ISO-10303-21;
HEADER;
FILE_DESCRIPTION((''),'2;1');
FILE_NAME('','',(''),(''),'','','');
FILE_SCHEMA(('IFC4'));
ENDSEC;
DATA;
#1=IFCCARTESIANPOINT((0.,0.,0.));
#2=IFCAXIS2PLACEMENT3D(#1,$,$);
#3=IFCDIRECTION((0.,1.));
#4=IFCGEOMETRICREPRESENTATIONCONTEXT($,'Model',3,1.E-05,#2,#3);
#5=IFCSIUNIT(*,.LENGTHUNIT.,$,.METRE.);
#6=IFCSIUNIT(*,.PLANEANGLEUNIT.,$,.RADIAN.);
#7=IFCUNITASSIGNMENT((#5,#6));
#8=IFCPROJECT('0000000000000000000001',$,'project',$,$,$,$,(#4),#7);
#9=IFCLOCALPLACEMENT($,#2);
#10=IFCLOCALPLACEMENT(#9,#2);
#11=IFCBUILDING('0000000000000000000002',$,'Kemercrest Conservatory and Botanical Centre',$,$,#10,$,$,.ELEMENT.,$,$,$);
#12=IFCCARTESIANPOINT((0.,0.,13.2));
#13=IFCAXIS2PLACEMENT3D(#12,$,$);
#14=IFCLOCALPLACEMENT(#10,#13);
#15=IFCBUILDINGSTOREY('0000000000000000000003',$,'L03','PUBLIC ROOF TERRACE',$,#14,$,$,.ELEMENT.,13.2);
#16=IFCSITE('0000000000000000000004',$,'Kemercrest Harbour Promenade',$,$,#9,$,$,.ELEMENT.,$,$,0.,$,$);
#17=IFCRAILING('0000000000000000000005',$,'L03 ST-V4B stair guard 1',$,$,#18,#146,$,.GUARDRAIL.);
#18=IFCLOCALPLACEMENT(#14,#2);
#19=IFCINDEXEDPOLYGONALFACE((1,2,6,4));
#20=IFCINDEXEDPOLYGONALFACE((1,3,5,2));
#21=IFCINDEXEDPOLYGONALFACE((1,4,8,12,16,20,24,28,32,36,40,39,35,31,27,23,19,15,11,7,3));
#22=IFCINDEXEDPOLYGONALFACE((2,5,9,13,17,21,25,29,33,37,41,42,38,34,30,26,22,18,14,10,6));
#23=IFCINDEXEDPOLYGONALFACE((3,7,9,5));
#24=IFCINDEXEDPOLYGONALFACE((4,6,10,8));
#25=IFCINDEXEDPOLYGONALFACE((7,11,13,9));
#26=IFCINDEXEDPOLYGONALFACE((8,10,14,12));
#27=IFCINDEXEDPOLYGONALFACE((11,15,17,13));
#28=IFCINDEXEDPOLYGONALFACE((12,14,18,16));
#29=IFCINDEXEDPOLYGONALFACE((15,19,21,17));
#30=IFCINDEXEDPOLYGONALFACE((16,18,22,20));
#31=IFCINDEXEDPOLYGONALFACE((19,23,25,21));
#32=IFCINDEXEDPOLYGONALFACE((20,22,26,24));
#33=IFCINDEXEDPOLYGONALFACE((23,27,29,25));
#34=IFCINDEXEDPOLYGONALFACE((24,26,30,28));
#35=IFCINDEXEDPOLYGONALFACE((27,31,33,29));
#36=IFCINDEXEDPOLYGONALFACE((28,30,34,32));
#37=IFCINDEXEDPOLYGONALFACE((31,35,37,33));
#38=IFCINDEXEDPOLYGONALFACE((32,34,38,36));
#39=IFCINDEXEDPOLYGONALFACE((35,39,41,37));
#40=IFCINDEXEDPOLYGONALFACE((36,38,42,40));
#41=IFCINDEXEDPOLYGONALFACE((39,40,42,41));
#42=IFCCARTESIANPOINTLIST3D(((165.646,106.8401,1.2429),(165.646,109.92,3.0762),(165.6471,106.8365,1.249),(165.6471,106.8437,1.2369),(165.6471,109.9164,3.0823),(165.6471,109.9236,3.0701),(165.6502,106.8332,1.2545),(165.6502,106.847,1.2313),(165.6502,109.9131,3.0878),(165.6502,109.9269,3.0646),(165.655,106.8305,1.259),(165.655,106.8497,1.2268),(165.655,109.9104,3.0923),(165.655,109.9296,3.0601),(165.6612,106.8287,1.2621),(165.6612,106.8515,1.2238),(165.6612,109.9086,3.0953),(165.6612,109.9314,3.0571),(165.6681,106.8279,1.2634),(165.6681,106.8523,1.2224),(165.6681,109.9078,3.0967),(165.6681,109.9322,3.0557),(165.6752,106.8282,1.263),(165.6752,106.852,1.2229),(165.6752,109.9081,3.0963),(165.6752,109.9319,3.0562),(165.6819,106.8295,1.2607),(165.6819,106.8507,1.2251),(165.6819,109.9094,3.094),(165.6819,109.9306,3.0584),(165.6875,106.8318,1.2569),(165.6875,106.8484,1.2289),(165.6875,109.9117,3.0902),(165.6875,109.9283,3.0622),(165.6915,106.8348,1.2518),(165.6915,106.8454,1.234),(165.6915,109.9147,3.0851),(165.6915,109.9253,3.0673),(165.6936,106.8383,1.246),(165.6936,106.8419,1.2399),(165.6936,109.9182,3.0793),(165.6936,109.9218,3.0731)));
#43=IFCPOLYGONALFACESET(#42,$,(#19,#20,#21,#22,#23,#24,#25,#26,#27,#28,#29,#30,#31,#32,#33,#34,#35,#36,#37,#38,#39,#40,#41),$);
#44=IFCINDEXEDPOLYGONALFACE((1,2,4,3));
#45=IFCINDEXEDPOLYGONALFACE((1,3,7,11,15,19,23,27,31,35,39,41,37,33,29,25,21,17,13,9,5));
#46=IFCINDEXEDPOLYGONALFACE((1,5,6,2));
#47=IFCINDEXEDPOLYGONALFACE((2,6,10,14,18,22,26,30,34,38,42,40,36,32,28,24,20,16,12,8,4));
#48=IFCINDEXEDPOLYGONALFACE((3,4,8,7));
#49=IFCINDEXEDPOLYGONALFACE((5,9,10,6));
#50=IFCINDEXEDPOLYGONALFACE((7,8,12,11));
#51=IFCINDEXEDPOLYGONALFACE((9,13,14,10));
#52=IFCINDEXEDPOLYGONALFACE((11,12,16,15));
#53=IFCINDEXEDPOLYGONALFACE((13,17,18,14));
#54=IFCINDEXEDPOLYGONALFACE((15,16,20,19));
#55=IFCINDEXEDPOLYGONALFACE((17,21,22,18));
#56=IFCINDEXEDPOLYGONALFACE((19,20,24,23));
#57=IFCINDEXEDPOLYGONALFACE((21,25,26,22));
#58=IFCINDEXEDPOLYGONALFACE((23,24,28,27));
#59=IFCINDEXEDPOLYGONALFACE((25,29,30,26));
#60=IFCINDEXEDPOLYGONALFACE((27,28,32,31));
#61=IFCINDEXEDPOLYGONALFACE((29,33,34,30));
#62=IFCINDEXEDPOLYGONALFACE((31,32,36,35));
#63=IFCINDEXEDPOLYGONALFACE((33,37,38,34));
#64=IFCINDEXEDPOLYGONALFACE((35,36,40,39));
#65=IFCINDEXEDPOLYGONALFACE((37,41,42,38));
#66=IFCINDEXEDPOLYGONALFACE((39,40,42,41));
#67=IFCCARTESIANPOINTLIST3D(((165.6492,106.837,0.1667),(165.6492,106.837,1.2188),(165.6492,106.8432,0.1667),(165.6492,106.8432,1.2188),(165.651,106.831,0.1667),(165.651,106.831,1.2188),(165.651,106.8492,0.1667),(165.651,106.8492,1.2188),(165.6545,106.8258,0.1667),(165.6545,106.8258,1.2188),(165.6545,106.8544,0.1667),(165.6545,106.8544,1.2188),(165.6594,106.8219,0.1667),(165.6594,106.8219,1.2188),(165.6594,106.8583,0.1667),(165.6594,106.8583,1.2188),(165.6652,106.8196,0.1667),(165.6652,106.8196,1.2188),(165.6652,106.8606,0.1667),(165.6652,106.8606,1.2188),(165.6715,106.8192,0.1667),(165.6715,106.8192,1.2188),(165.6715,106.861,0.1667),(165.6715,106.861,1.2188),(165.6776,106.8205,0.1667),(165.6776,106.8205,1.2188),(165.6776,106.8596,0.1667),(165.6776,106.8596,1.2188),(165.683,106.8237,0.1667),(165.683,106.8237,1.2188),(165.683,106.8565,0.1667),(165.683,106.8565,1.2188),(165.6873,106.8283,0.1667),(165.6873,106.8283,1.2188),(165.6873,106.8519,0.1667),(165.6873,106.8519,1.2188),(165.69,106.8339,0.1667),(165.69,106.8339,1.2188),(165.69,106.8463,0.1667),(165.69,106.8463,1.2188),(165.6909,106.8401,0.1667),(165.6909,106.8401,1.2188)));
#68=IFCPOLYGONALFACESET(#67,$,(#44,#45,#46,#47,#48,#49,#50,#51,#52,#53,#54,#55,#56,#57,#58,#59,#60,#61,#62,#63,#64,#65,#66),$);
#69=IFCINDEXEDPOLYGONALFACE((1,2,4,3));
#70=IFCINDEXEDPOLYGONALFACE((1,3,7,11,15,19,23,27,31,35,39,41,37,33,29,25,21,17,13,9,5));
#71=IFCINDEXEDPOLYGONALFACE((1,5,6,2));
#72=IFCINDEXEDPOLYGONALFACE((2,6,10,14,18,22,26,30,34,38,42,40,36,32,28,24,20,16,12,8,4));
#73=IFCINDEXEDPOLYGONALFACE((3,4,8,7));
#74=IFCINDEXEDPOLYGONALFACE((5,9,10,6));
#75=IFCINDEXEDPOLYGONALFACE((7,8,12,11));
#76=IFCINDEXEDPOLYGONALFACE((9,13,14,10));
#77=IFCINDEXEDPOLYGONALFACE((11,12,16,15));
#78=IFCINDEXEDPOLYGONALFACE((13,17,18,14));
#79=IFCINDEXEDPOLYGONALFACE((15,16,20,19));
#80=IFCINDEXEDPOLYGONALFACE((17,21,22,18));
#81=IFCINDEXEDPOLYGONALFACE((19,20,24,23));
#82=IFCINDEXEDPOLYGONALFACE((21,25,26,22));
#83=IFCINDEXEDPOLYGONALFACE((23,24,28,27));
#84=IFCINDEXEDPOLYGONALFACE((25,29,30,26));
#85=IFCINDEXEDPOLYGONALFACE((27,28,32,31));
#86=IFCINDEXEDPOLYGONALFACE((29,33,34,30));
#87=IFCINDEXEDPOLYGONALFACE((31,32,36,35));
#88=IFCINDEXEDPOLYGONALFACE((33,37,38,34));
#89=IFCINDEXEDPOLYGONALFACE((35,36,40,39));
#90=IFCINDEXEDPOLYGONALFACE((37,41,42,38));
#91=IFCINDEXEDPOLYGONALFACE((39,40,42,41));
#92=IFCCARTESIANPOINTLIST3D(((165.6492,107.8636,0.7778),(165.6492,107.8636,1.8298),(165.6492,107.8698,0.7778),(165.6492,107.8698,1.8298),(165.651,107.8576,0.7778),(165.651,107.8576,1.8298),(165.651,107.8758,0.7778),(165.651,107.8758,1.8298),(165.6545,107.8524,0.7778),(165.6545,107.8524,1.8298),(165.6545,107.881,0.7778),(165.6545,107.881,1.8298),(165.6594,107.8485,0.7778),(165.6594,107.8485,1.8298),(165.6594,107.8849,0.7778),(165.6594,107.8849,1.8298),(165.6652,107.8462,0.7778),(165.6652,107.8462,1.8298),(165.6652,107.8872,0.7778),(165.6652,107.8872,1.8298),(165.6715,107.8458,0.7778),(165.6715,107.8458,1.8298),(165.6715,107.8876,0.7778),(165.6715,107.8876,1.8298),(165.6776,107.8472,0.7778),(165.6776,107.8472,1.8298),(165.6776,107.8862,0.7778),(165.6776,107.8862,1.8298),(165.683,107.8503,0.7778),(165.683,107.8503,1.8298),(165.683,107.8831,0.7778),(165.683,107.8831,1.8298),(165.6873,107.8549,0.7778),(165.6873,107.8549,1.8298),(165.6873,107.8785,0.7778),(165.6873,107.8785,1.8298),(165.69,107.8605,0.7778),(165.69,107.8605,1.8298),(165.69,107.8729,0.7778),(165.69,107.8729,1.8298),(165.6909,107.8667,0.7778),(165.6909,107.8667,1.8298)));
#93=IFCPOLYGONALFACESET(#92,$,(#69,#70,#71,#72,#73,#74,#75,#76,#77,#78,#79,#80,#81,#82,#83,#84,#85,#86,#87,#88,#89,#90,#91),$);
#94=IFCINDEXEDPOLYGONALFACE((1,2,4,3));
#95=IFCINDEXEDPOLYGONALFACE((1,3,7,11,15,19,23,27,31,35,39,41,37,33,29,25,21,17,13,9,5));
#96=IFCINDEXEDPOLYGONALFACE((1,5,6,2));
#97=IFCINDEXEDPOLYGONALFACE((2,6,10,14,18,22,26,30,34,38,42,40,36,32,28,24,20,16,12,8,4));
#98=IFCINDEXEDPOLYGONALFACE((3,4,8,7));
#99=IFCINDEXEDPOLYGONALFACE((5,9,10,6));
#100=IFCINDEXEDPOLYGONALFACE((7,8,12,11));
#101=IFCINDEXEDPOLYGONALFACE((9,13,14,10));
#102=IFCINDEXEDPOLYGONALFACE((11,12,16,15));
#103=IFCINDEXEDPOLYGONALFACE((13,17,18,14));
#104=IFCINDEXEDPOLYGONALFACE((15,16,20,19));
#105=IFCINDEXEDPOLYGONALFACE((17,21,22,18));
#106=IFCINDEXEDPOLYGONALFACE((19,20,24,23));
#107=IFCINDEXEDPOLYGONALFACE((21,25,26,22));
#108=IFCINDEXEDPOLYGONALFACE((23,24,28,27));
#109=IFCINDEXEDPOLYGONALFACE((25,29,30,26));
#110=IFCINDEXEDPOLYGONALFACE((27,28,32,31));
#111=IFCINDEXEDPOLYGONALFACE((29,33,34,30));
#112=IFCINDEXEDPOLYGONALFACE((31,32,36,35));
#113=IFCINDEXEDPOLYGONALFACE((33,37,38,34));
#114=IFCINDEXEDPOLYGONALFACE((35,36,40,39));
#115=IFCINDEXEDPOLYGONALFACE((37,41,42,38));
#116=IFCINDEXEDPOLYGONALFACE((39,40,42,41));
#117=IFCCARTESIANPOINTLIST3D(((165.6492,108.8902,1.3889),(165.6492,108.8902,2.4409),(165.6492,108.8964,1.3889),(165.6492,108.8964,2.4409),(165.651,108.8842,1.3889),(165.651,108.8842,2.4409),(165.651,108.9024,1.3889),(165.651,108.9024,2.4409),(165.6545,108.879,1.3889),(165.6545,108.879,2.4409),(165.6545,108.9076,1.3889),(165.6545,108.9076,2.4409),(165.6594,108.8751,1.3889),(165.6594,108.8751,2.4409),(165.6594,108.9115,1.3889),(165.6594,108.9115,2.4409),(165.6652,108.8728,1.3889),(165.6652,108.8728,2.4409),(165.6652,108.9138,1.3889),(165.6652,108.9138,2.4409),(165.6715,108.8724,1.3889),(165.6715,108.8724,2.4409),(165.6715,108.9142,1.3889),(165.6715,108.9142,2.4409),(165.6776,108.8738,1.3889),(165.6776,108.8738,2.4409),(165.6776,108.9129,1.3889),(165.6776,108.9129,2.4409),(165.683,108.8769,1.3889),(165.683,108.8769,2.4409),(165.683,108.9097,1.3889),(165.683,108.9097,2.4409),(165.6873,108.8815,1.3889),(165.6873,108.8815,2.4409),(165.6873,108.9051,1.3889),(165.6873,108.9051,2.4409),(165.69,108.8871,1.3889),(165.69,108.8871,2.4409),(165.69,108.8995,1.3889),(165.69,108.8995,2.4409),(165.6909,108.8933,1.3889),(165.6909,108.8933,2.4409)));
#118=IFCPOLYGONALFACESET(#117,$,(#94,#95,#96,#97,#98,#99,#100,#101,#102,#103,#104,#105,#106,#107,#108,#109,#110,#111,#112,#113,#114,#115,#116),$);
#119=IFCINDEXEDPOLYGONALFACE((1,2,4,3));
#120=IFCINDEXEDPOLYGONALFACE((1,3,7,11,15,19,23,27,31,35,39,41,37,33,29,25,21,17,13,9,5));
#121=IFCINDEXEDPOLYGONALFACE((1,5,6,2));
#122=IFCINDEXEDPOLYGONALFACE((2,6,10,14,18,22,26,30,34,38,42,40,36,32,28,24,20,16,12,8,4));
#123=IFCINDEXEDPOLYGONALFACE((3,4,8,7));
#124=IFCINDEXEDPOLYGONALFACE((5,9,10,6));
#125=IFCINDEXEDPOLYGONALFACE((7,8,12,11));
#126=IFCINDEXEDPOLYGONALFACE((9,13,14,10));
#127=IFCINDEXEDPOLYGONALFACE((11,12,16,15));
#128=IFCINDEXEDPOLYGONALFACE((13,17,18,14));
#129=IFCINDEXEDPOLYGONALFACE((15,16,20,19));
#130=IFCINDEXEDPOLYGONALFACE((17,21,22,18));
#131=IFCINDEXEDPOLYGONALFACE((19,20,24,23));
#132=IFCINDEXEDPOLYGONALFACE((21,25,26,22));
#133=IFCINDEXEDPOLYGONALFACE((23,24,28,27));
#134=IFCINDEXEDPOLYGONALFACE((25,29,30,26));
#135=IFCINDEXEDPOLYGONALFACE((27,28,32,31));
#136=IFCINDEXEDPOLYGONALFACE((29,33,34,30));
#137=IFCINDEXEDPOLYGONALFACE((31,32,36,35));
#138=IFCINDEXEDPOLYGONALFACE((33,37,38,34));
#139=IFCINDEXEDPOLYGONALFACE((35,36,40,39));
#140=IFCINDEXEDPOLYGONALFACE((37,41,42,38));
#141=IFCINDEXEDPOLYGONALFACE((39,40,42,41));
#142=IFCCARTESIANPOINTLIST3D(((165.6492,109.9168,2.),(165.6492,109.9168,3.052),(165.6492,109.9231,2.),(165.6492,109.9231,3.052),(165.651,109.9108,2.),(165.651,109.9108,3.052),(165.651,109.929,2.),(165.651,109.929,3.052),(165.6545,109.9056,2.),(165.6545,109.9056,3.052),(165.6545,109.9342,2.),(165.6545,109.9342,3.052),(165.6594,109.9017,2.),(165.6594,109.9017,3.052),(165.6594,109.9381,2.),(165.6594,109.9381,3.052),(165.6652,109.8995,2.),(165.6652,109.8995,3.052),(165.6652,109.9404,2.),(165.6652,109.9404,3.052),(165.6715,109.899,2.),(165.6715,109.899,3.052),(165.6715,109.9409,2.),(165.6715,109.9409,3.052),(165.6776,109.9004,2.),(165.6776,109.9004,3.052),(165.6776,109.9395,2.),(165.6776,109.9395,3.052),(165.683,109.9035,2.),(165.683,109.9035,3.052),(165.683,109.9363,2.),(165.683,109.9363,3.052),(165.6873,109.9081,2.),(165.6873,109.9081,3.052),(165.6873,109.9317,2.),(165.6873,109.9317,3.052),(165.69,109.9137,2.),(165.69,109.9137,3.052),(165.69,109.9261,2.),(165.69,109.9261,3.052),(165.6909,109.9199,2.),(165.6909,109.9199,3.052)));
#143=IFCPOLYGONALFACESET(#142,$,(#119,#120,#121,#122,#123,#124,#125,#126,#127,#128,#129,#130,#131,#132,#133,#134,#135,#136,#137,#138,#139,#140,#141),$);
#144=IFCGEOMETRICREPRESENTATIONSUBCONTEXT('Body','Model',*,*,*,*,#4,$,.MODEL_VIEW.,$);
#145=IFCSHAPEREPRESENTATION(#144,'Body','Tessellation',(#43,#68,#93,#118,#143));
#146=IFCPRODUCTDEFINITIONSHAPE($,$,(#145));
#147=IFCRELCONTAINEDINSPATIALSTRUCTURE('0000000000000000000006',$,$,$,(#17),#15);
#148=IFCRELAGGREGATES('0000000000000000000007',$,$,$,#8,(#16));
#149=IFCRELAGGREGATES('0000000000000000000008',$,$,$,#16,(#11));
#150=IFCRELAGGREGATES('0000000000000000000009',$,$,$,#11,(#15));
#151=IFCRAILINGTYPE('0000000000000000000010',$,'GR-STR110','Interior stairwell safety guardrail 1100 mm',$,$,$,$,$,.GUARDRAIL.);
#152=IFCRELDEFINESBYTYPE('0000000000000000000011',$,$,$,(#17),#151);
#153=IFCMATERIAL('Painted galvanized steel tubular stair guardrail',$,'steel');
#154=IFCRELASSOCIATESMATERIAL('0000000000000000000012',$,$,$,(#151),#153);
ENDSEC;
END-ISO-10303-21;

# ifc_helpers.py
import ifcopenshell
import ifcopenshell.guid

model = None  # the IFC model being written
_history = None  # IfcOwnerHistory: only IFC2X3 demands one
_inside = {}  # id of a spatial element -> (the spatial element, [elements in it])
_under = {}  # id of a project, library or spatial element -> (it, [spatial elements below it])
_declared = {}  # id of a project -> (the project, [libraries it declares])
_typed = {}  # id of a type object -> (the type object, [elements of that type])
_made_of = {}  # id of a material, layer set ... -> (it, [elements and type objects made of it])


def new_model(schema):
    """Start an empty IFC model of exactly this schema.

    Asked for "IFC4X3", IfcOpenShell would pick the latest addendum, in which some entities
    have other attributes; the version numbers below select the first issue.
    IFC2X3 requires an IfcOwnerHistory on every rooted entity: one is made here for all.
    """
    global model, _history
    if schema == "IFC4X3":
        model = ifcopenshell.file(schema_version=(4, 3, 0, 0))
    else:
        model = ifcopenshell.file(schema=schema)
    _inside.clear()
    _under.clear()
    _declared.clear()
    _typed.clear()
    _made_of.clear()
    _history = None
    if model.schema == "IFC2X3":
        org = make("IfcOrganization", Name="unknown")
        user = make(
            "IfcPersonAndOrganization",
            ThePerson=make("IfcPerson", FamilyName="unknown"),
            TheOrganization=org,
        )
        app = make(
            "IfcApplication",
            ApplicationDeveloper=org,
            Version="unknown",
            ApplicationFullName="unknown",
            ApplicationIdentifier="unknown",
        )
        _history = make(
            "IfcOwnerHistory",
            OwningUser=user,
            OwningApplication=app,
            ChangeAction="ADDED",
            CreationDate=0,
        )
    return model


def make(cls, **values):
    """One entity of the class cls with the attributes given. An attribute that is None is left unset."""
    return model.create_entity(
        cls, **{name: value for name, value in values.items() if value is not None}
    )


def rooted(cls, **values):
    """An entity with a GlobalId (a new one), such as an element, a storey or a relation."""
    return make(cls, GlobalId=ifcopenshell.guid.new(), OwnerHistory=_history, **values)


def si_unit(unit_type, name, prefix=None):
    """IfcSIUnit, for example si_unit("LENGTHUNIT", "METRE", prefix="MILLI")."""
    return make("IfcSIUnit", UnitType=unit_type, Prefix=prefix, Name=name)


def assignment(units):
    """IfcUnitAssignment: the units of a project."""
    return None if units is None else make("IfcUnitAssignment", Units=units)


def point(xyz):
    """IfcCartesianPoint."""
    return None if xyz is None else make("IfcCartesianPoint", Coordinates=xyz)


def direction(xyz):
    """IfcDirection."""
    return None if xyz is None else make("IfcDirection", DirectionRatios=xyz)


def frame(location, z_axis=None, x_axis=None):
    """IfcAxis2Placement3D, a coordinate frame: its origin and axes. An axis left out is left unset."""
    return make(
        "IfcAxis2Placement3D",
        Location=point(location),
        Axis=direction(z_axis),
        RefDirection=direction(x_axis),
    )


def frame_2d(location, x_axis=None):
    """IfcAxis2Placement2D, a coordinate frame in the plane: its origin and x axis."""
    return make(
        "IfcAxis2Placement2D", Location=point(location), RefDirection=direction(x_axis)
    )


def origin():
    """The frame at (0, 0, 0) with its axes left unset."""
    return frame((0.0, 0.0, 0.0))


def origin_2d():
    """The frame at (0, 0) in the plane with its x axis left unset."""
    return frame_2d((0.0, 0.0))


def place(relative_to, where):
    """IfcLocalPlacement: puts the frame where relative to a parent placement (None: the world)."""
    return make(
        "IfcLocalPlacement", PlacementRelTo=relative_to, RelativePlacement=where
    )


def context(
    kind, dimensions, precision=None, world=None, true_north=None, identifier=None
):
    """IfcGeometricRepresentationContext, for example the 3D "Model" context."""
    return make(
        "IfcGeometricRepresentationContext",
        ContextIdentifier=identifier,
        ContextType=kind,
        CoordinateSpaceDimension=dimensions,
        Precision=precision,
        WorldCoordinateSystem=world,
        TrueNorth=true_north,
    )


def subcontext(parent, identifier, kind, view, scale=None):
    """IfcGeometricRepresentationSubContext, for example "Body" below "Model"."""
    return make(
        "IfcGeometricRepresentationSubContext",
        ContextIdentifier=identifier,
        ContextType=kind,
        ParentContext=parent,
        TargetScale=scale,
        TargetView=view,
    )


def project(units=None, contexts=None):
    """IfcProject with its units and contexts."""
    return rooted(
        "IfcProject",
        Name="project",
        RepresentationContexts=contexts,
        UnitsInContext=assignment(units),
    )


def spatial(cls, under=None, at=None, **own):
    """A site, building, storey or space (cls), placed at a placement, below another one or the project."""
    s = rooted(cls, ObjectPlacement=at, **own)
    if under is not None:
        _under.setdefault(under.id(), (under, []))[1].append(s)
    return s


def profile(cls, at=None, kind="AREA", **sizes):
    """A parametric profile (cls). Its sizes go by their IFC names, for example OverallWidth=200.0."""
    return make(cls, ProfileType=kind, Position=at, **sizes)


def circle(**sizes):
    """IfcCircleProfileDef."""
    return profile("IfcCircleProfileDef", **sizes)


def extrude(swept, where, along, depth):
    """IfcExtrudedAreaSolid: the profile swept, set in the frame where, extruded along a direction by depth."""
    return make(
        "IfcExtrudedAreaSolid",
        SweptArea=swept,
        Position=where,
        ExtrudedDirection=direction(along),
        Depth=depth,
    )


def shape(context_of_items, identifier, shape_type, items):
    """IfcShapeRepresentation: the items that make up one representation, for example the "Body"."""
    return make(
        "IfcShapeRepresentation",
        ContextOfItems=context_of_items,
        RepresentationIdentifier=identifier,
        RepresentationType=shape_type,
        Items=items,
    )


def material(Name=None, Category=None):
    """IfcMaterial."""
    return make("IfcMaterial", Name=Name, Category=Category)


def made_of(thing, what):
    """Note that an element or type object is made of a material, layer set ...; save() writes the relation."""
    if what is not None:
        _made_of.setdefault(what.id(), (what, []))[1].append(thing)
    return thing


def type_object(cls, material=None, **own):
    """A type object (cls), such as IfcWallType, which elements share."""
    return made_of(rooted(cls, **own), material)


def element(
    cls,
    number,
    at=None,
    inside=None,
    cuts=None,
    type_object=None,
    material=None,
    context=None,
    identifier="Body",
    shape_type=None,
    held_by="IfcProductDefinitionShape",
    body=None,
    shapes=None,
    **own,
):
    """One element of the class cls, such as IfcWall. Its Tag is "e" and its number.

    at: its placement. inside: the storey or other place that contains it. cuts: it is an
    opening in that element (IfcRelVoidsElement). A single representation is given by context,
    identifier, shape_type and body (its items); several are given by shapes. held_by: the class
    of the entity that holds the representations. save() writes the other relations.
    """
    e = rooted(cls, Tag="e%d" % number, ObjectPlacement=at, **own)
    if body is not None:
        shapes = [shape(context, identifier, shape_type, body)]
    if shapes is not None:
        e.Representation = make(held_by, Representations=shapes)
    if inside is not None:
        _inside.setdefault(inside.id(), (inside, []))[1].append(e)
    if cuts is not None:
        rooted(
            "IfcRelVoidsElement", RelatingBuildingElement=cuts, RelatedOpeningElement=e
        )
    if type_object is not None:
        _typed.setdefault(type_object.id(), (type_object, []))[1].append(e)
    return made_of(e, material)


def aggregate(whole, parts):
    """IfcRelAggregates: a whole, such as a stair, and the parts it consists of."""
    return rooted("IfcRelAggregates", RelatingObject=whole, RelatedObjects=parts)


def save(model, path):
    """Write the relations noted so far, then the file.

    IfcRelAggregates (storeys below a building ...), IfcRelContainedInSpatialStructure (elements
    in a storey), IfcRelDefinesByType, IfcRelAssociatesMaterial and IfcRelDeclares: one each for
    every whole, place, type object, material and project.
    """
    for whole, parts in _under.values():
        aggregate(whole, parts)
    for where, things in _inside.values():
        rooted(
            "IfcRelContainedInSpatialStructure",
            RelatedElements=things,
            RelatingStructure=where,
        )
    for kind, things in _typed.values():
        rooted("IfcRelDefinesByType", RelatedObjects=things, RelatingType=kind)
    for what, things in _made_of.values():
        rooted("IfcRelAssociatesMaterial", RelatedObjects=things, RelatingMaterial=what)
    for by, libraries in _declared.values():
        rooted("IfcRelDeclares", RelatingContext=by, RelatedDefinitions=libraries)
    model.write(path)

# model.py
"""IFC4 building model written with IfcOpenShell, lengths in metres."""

from ifc_helpers import new_model, si_unit, direction, frame, origin, origin_2d, place, context, subcontext, project, spatial, circle, extrude, material, type_object, element, save


model = new_model("IFC4")

# Units and contexts
model_context = context("Model", 3, precision=1e-05, world=origin(), true_north=direction((0.0, 1.0)))
body_context = subcontext(model_context, "Body", "Model", "MODEL_VIEW")
ifc_project = project(units=[si_unit("LENGTHUNIT", "METRE"), si_unit("PLANEANGLEUNIT", "RADIAN")], contexts=[model_context])

# Site, building, storey
site_placement = place(None, origin())
site = spatial("IfcSite", under=ifc_project, at=site_placement, Name="Kemercrest Harbour Promenade", CompositionType="ELEMENT", RefElevation=0.0)
building_placement = place(site_placement, origin())
building = spatial("IfcBuilding", under=site, at=building_placement, Name="Kemercrest Conservatory and Botanical Centre", CompositionType="ELEMENT")
storey_placement = place(building_placement, frame((0.0, 0.0, 13.2)))
storey = spatial("IfcBuildingStorey", under=building, at=storey_placement, Name="L03", Description="PUBLIC ROOF TERRACE", CompositionType="ELEMENT", Elevation=13.2)

# Railing
ifc_material_1 = material(Name="Painted galvanized steel tubular stair guardrail", Category="steel")
railing_type_1 = type_object("IfcRailingType", Name="GR-STR110", Description="Interior stairwell safety guardrail 1100 mm", PredefinedType="GUARDRAIL", material=ifc_material_1)
railing_1_placement = place(storey_placement, frame((165.6699, 106.8401, 0.1667)))
element("IfcRailing", 1, at=railing_1_placement, inside=storey, type_object=railing_type_1, Name="L03 ST-V4B stair guard 1", PredefinedType="GUARDRAIL", context=body_context, shape_type="SweptSolid", body=[
    extrude(circle(Radius=0.0239, at=origin_2d()), frame((0.0, 0.0, 1.0762), z_axis=(0.0, 0.859291, 0.511487), x_axis=(-1.0, 0.0, 0.0)), (0.0, 0.0, 1.0), 3.5842),
    extrude(circle(Radius=0.021, at=origin_2d()), origin(), (0.0, 0.0, 1.0), 1.052),
    extrude(circle(Radius=0.021, at=origin_2d()), frame((0.0, 1.0266, 0.6111)), (0.0, 0.0, 1.0), 1.052),
    extrude(circle(Radius=0.021, at=origin_2d()), frame((0.0, 2.0532, 1.2222)), (0.0, 0.0, 1.0), 1.052),
    extrude(circle(Radius=0.021, at=origin_2d()), frame((0.0, 3.0798, 1.8333)), (0.0, 0.0, 1.0), 1.052),
])

save(model, "model.ifc")
